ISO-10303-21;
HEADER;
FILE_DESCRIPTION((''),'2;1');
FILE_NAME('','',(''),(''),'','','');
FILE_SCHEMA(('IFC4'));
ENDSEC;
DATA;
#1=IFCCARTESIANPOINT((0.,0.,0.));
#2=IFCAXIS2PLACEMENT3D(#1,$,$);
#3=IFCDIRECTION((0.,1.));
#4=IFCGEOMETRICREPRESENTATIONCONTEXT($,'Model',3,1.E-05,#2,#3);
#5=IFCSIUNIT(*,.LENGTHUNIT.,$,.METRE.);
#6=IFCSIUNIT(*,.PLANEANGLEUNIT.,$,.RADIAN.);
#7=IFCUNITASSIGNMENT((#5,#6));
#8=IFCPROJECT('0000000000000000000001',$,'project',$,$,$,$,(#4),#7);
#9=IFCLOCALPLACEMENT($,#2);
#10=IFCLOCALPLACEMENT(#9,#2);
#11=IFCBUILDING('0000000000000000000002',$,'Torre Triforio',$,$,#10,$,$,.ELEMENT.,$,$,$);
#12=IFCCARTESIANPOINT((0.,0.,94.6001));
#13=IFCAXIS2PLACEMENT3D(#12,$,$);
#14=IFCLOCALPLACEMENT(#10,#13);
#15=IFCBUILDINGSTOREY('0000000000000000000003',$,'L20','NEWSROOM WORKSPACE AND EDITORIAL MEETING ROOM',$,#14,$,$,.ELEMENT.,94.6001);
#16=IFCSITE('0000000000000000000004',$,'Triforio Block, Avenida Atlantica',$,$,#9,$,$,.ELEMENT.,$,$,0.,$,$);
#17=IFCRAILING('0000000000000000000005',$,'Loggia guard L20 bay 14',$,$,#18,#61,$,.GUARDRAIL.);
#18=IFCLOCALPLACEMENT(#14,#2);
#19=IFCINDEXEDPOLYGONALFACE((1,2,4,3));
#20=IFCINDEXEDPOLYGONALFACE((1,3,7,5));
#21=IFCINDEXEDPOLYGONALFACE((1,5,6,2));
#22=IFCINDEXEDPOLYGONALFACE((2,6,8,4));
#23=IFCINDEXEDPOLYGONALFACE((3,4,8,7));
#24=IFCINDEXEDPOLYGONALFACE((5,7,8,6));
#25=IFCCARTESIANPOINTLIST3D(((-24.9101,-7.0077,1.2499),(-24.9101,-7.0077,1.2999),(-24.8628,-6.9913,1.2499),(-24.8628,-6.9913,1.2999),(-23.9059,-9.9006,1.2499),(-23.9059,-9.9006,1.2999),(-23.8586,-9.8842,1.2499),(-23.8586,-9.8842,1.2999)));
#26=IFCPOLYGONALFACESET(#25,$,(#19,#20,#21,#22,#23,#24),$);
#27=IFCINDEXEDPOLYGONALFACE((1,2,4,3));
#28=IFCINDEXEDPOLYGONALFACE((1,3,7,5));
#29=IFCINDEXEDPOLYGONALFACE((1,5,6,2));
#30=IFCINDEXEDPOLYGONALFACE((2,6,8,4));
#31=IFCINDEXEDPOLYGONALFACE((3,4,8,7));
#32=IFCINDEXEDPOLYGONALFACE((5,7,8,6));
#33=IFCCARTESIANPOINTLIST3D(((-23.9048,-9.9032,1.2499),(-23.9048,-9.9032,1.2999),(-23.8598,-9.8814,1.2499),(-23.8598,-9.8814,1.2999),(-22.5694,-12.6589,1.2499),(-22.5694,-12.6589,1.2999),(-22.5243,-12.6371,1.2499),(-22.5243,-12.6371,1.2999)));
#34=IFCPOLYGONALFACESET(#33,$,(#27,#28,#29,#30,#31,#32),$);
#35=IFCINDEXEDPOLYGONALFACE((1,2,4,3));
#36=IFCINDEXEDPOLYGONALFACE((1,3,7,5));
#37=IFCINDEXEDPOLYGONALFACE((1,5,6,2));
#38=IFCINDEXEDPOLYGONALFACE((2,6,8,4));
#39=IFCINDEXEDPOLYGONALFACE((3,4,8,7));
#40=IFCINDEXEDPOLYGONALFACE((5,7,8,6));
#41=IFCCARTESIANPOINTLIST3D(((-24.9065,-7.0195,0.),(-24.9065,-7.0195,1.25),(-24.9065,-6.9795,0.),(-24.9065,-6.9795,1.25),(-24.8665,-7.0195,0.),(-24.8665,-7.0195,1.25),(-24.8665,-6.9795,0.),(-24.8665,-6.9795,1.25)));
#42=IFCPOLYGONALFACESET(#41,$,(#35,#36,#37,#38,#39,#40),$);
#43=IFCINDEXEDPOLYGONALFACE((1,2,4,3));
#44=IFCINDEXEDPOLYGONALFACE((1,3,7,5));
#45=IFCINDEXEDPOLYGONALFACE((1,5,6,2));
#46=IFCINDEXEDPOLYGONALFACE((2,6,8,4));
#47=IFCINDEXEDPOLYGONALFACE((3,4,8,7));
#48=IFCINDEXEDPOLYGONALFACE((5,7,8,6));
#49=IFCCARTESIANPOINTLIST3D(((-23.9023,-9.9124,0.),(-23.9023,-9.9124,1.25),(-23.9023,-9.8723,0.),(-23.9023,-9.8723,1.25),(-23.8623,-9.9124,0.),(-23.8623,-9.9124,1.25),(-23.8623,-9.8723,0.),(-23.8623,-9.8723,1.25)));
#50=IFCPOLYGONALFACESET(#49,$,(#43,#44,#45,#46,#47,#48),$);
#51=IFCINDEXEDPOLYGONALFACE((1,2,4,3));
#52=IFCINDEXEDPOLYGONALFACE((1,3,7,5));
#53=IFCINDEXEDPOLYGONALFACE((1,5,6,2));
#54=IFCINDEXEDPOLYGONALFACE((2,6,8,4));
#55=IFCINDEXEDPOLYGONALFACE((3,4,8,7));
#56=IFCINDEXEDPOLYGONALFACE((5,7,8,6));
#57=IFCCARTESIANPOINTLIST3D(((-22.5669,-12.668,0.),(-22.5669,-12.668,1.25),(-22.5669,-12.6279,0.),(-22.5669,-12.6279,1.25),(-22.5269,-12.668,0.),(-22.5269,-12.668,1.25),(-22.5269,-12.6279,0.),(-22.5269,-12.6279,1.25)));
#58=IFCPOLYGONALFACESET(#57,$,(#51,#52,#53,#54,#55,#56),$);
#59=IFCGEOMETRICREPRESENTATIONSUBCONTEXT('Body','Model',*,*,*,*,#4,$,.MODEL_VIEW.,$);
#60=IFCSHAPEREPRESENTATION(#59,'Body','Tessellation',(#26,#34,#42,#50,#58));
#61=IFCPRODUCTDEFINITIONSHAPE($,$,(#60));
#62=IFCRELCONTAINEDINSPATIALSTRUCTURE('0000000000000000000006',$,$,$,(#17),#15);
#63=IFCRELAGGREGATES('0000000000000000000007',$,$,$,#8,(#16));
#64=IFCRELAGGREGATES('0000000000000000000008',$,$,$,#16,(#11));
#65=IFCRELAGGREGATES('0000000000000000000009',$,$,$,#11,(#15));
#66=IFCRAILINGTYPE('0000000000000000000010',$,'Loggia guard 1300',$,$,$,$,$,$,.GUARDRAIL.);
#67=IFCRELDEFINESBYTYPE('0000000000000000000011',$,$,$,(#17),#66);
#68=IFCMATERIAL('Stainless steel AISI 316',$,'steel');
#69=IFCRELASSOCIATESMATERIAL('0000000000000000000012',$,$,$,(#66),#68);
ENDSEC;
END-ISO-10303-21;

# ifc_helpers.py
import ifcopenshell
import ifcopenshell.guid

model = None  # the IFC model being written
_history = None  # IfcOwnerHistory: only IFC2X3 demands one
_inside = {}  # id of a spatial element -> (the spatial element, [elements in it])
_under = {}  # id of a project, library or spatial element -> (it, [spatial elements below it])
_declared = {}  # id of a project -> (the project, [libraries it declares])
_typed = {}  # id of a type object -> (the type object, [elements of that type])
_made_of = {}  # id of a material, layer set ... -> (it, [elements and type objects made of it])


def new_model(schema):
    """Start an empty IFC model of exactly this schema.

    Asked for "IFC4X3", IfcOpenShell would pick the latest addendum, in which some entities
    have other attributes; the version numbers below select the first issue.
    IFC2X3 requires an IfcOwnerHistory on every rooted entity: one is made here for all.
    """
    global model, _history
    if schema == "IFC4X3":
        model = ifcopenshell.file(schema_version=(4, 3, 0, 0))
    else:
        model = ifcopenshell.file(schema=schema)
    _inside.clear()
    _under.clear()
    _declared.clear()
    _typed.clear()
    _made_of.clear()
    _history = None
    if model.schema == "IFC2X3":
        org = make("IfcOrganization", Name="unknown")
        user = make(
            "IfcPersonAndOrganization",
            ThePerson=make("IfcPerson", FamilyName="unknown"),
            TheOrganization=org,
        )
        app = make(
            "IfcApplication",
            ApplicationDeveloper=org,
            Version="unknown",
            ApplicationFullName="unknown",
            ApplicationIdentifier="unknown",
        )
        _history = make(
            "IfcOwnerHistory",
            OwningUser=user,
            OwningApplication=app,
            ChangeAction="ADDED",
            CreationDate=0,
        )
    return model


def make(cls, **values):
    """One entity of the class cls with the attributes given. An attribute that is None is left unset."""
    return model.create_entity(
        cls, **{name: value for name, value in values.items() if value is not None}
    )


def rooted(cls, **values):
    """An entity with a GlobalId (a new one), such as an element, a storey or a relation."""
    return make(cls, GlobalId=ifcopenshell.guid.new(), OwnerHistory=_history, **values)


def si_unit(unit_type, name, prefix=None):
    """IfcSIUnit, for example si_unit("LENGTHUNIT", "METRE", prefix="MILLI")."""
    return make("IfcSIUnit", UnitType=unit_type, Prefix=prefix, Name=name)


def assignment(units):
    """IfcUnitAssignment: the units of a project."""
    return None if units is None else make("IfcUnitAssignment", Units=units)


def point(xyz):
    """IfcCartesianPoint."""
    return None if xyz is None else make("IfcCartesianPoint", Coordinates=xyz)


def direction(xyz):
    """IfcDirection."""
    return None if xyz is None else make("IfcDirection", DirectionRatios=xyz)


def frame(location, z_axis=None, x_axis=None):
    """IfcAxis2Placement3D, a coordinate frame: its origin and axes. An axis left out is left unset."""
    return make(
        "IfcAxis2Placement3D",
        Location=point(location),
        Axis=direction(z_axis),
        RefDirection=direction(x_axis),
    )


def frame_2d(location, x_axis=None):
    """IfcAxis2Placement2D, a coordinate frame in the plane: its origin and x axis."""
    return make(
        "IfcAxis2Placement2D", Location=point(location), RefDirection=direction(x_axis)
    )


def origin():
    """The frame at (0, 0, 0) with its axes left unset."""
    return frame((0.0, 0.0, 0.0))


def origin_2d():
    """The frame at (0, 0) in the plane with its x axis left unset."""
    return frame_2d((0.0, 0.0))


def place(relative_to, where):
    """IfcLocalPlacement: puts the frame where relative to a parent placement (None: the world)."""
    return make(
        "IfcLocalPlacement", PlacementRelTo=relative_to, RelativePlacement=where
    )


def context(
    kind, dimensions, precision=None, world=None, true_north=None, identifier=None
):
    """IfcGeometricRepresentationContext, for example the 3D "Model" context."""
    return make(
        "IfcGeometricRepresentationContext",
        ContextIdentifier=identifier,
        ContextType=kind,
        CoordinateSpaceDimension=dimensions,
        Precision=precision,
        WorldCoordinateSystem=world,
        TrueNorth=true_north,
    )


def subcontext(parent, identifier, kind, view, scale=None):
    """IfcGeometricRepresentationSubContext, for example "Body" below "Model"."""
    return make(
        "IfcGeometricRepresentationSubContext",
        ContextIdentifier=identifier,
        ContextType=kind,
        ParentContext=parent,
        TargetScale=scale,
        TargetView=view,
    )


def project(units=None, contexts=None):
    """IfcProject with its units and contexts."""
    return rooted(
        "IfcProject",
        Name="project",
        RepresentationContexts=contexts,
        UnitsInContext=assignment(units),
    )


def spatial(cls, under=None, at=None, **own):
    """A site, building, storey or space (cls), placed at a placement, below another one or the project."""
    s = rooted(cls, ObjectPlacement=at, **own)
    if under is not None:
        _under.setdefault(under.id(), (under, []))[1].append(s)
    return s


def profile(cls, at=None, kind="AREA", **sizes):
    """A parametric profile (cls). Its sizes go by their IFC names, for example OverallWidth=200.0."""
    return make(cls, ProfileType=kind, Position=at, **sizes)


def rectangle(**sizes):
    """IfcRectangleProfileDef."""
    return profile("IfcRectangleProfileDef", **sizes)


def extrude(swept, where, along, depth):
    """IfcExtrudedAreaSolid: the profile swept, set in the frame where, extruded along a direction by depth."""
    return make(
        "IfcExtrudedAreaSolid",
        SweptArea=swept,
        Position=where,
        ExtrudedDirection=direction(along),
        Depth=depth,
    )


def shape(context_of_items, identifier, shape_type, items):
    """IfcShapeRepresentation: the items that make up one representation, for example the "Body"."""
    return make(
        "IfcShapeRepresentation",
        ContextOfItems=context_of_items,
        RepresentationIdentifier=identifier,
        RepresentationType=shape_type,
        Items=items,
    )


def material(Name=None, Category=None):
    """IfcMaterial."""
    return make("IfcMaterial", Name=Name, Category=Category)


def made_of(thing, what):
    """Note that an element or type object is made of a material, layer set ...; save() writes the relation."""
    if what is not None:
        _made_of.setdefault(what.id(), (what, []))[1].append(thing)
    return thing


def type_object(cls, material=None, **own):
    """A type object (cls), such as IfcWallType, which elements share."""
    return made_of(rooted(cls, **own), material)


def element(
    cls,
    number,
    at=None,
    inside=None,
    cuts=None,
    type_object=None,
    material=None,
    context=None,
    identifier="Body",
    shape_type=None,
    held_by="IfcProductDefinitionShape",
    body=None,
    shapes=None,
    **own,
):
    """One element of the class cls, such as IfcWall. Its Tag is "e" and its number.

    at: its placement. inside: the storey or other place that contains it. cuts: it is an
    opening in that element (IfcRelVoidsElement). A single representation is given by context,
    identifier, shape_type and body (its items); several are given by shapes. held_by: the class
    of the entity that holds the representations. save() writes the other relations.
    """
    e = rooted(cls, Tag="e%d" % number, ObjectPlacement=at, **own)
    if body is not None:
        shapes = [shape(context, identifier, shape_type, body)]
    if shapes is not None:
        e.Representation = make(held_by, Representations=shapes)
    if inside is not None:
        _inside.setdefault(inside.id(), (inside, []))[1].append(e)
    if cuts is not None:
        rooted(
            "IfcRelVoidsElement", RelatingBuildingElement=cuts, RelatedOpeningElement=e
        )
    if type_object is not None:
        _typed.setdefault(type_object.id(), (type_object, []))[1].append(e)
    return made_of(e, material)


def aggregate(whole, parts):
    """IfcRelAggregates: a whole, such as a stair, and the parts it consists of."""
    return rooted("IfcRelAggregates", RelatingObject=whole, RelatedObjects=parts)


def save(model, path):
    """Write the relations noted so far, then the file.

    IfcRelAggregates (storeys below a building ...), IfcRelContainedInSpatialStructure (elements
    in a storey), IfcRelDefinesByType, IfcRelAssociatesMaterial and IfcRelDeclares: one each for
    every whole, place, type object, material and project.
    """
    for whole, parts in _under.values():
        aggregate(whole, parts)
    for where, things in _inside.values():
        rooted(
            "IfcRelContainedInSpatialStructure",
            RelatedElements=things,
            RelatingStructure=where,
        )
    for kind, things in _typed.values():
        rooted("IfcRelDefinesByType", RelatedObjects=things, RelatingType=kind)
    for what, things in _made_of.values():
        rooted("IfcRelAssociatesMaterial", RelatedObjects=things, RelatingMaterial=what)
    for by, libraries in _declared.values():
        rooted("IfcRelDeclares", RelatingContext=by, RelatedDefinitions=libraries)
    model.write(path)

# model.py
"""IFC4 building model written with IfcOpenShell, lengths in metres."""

from ifc_helpers import new_model, si_unit, direction, frame, origin, origin_2d, place, context, subcontext, project, spatial, rectangle, extrude, material, type_object, element, save


model = new_model("IFC4")

# Units and contexts
model_context = context("Model", 3, precision=1e-05, world=origin(), true_north=direction((0.0, 1.0)))
body_context = subcontext(model_context, "Body", "Model", "MODEL_VIEW")
ifc_project = project(units=[si_unit("LENGTHUNIT", "METRE"), si_unit("PLANEANGLEUNIT", "RADIAN")], contexts=[model_context])

# Site, building, storey
site_placement = place(None, origin())
site = spatial("IfcSite", under=ifc_project, at=site_placement, Name="Triforio Block, Avenida Atlantica", CompositionType="ELEMENT", RefElevation=0.0)
building_placement = place(site_placement, origin())
building = spatial("IfcBuilding", under=site, at=building_placement, Name="Torre Triforio", CompositionType="ELEMENT")
storey_placement = place(building_placement, frame((0.0, 0.0, 94.6001)))
storey = spatial("IfcBuildingStorey", under=building, at=storey_placement, Name="L20", Description="NEWSROOM WORKSPACE AND EDITORIAL MEETING ROOM", CompositionType="ELEMENT", Elevation=94.6001)

# Railing
ifc_material_1 = material(Name="Stainless steel AISI 316", Category="steel")
railing_type = type_object("IfcRailingType", Name="Loggia guard 1300", PredefinedType="GUARDRAIL", material=ifc_material_1)
railing_1_placement = place(storey_placement, frame((-24.8865, -6.9995, 0.0)))
element("IfcRailing", 1, at=railing_1_placement, inside=storey, type_object=railing_type, Name="Loggia guard L20 bay 14", PredefinedType="GUARDRAIL", context=body_context, shape_type="SweptSolid", body=[
    extrude(rectangle(XDim=0.05, YDim=0.05, at=origin_2d()), frame((0.0, 0.0, 1.2749), z_axis=(0.327924, -0.944704, 0.0), x_axis=(0.944704, 0.327924, 0.0)), (0.0, 0.0, 1.0), 3.0623),
    extrude(rectangle(XDim=0.05, YDim=0.05, at=origin_2d()), frame((1.0042, -2.8928, 1.2749), z_axis=(0.436113, -0.899892, 0.0), x_axis=(0.899892, 0.436113, 0.0)), (0.0, 0.0, 1.0), 3.0623),
    extrude(rectangle(XDim=0.04, YDim=0.04, at=origin_2d()), origin(), (0.0, 0.0, 1.0), 1.25),
    extrude(rectangle(XDim=0.04, YDim=0.04, at=origin_2d()), frame((1.0042, -2.8928, 0.0)), (0.0, 0.0, 1.0), 1.25),
    extrude(rectangle(XDim=0.04, YDim=0.04, at=origin_2d()), frame((2.3396, -5.6484, 0.0)), (0.0, 0.0, 1.0), 1.25),
])

save(model, "model.ifc")
